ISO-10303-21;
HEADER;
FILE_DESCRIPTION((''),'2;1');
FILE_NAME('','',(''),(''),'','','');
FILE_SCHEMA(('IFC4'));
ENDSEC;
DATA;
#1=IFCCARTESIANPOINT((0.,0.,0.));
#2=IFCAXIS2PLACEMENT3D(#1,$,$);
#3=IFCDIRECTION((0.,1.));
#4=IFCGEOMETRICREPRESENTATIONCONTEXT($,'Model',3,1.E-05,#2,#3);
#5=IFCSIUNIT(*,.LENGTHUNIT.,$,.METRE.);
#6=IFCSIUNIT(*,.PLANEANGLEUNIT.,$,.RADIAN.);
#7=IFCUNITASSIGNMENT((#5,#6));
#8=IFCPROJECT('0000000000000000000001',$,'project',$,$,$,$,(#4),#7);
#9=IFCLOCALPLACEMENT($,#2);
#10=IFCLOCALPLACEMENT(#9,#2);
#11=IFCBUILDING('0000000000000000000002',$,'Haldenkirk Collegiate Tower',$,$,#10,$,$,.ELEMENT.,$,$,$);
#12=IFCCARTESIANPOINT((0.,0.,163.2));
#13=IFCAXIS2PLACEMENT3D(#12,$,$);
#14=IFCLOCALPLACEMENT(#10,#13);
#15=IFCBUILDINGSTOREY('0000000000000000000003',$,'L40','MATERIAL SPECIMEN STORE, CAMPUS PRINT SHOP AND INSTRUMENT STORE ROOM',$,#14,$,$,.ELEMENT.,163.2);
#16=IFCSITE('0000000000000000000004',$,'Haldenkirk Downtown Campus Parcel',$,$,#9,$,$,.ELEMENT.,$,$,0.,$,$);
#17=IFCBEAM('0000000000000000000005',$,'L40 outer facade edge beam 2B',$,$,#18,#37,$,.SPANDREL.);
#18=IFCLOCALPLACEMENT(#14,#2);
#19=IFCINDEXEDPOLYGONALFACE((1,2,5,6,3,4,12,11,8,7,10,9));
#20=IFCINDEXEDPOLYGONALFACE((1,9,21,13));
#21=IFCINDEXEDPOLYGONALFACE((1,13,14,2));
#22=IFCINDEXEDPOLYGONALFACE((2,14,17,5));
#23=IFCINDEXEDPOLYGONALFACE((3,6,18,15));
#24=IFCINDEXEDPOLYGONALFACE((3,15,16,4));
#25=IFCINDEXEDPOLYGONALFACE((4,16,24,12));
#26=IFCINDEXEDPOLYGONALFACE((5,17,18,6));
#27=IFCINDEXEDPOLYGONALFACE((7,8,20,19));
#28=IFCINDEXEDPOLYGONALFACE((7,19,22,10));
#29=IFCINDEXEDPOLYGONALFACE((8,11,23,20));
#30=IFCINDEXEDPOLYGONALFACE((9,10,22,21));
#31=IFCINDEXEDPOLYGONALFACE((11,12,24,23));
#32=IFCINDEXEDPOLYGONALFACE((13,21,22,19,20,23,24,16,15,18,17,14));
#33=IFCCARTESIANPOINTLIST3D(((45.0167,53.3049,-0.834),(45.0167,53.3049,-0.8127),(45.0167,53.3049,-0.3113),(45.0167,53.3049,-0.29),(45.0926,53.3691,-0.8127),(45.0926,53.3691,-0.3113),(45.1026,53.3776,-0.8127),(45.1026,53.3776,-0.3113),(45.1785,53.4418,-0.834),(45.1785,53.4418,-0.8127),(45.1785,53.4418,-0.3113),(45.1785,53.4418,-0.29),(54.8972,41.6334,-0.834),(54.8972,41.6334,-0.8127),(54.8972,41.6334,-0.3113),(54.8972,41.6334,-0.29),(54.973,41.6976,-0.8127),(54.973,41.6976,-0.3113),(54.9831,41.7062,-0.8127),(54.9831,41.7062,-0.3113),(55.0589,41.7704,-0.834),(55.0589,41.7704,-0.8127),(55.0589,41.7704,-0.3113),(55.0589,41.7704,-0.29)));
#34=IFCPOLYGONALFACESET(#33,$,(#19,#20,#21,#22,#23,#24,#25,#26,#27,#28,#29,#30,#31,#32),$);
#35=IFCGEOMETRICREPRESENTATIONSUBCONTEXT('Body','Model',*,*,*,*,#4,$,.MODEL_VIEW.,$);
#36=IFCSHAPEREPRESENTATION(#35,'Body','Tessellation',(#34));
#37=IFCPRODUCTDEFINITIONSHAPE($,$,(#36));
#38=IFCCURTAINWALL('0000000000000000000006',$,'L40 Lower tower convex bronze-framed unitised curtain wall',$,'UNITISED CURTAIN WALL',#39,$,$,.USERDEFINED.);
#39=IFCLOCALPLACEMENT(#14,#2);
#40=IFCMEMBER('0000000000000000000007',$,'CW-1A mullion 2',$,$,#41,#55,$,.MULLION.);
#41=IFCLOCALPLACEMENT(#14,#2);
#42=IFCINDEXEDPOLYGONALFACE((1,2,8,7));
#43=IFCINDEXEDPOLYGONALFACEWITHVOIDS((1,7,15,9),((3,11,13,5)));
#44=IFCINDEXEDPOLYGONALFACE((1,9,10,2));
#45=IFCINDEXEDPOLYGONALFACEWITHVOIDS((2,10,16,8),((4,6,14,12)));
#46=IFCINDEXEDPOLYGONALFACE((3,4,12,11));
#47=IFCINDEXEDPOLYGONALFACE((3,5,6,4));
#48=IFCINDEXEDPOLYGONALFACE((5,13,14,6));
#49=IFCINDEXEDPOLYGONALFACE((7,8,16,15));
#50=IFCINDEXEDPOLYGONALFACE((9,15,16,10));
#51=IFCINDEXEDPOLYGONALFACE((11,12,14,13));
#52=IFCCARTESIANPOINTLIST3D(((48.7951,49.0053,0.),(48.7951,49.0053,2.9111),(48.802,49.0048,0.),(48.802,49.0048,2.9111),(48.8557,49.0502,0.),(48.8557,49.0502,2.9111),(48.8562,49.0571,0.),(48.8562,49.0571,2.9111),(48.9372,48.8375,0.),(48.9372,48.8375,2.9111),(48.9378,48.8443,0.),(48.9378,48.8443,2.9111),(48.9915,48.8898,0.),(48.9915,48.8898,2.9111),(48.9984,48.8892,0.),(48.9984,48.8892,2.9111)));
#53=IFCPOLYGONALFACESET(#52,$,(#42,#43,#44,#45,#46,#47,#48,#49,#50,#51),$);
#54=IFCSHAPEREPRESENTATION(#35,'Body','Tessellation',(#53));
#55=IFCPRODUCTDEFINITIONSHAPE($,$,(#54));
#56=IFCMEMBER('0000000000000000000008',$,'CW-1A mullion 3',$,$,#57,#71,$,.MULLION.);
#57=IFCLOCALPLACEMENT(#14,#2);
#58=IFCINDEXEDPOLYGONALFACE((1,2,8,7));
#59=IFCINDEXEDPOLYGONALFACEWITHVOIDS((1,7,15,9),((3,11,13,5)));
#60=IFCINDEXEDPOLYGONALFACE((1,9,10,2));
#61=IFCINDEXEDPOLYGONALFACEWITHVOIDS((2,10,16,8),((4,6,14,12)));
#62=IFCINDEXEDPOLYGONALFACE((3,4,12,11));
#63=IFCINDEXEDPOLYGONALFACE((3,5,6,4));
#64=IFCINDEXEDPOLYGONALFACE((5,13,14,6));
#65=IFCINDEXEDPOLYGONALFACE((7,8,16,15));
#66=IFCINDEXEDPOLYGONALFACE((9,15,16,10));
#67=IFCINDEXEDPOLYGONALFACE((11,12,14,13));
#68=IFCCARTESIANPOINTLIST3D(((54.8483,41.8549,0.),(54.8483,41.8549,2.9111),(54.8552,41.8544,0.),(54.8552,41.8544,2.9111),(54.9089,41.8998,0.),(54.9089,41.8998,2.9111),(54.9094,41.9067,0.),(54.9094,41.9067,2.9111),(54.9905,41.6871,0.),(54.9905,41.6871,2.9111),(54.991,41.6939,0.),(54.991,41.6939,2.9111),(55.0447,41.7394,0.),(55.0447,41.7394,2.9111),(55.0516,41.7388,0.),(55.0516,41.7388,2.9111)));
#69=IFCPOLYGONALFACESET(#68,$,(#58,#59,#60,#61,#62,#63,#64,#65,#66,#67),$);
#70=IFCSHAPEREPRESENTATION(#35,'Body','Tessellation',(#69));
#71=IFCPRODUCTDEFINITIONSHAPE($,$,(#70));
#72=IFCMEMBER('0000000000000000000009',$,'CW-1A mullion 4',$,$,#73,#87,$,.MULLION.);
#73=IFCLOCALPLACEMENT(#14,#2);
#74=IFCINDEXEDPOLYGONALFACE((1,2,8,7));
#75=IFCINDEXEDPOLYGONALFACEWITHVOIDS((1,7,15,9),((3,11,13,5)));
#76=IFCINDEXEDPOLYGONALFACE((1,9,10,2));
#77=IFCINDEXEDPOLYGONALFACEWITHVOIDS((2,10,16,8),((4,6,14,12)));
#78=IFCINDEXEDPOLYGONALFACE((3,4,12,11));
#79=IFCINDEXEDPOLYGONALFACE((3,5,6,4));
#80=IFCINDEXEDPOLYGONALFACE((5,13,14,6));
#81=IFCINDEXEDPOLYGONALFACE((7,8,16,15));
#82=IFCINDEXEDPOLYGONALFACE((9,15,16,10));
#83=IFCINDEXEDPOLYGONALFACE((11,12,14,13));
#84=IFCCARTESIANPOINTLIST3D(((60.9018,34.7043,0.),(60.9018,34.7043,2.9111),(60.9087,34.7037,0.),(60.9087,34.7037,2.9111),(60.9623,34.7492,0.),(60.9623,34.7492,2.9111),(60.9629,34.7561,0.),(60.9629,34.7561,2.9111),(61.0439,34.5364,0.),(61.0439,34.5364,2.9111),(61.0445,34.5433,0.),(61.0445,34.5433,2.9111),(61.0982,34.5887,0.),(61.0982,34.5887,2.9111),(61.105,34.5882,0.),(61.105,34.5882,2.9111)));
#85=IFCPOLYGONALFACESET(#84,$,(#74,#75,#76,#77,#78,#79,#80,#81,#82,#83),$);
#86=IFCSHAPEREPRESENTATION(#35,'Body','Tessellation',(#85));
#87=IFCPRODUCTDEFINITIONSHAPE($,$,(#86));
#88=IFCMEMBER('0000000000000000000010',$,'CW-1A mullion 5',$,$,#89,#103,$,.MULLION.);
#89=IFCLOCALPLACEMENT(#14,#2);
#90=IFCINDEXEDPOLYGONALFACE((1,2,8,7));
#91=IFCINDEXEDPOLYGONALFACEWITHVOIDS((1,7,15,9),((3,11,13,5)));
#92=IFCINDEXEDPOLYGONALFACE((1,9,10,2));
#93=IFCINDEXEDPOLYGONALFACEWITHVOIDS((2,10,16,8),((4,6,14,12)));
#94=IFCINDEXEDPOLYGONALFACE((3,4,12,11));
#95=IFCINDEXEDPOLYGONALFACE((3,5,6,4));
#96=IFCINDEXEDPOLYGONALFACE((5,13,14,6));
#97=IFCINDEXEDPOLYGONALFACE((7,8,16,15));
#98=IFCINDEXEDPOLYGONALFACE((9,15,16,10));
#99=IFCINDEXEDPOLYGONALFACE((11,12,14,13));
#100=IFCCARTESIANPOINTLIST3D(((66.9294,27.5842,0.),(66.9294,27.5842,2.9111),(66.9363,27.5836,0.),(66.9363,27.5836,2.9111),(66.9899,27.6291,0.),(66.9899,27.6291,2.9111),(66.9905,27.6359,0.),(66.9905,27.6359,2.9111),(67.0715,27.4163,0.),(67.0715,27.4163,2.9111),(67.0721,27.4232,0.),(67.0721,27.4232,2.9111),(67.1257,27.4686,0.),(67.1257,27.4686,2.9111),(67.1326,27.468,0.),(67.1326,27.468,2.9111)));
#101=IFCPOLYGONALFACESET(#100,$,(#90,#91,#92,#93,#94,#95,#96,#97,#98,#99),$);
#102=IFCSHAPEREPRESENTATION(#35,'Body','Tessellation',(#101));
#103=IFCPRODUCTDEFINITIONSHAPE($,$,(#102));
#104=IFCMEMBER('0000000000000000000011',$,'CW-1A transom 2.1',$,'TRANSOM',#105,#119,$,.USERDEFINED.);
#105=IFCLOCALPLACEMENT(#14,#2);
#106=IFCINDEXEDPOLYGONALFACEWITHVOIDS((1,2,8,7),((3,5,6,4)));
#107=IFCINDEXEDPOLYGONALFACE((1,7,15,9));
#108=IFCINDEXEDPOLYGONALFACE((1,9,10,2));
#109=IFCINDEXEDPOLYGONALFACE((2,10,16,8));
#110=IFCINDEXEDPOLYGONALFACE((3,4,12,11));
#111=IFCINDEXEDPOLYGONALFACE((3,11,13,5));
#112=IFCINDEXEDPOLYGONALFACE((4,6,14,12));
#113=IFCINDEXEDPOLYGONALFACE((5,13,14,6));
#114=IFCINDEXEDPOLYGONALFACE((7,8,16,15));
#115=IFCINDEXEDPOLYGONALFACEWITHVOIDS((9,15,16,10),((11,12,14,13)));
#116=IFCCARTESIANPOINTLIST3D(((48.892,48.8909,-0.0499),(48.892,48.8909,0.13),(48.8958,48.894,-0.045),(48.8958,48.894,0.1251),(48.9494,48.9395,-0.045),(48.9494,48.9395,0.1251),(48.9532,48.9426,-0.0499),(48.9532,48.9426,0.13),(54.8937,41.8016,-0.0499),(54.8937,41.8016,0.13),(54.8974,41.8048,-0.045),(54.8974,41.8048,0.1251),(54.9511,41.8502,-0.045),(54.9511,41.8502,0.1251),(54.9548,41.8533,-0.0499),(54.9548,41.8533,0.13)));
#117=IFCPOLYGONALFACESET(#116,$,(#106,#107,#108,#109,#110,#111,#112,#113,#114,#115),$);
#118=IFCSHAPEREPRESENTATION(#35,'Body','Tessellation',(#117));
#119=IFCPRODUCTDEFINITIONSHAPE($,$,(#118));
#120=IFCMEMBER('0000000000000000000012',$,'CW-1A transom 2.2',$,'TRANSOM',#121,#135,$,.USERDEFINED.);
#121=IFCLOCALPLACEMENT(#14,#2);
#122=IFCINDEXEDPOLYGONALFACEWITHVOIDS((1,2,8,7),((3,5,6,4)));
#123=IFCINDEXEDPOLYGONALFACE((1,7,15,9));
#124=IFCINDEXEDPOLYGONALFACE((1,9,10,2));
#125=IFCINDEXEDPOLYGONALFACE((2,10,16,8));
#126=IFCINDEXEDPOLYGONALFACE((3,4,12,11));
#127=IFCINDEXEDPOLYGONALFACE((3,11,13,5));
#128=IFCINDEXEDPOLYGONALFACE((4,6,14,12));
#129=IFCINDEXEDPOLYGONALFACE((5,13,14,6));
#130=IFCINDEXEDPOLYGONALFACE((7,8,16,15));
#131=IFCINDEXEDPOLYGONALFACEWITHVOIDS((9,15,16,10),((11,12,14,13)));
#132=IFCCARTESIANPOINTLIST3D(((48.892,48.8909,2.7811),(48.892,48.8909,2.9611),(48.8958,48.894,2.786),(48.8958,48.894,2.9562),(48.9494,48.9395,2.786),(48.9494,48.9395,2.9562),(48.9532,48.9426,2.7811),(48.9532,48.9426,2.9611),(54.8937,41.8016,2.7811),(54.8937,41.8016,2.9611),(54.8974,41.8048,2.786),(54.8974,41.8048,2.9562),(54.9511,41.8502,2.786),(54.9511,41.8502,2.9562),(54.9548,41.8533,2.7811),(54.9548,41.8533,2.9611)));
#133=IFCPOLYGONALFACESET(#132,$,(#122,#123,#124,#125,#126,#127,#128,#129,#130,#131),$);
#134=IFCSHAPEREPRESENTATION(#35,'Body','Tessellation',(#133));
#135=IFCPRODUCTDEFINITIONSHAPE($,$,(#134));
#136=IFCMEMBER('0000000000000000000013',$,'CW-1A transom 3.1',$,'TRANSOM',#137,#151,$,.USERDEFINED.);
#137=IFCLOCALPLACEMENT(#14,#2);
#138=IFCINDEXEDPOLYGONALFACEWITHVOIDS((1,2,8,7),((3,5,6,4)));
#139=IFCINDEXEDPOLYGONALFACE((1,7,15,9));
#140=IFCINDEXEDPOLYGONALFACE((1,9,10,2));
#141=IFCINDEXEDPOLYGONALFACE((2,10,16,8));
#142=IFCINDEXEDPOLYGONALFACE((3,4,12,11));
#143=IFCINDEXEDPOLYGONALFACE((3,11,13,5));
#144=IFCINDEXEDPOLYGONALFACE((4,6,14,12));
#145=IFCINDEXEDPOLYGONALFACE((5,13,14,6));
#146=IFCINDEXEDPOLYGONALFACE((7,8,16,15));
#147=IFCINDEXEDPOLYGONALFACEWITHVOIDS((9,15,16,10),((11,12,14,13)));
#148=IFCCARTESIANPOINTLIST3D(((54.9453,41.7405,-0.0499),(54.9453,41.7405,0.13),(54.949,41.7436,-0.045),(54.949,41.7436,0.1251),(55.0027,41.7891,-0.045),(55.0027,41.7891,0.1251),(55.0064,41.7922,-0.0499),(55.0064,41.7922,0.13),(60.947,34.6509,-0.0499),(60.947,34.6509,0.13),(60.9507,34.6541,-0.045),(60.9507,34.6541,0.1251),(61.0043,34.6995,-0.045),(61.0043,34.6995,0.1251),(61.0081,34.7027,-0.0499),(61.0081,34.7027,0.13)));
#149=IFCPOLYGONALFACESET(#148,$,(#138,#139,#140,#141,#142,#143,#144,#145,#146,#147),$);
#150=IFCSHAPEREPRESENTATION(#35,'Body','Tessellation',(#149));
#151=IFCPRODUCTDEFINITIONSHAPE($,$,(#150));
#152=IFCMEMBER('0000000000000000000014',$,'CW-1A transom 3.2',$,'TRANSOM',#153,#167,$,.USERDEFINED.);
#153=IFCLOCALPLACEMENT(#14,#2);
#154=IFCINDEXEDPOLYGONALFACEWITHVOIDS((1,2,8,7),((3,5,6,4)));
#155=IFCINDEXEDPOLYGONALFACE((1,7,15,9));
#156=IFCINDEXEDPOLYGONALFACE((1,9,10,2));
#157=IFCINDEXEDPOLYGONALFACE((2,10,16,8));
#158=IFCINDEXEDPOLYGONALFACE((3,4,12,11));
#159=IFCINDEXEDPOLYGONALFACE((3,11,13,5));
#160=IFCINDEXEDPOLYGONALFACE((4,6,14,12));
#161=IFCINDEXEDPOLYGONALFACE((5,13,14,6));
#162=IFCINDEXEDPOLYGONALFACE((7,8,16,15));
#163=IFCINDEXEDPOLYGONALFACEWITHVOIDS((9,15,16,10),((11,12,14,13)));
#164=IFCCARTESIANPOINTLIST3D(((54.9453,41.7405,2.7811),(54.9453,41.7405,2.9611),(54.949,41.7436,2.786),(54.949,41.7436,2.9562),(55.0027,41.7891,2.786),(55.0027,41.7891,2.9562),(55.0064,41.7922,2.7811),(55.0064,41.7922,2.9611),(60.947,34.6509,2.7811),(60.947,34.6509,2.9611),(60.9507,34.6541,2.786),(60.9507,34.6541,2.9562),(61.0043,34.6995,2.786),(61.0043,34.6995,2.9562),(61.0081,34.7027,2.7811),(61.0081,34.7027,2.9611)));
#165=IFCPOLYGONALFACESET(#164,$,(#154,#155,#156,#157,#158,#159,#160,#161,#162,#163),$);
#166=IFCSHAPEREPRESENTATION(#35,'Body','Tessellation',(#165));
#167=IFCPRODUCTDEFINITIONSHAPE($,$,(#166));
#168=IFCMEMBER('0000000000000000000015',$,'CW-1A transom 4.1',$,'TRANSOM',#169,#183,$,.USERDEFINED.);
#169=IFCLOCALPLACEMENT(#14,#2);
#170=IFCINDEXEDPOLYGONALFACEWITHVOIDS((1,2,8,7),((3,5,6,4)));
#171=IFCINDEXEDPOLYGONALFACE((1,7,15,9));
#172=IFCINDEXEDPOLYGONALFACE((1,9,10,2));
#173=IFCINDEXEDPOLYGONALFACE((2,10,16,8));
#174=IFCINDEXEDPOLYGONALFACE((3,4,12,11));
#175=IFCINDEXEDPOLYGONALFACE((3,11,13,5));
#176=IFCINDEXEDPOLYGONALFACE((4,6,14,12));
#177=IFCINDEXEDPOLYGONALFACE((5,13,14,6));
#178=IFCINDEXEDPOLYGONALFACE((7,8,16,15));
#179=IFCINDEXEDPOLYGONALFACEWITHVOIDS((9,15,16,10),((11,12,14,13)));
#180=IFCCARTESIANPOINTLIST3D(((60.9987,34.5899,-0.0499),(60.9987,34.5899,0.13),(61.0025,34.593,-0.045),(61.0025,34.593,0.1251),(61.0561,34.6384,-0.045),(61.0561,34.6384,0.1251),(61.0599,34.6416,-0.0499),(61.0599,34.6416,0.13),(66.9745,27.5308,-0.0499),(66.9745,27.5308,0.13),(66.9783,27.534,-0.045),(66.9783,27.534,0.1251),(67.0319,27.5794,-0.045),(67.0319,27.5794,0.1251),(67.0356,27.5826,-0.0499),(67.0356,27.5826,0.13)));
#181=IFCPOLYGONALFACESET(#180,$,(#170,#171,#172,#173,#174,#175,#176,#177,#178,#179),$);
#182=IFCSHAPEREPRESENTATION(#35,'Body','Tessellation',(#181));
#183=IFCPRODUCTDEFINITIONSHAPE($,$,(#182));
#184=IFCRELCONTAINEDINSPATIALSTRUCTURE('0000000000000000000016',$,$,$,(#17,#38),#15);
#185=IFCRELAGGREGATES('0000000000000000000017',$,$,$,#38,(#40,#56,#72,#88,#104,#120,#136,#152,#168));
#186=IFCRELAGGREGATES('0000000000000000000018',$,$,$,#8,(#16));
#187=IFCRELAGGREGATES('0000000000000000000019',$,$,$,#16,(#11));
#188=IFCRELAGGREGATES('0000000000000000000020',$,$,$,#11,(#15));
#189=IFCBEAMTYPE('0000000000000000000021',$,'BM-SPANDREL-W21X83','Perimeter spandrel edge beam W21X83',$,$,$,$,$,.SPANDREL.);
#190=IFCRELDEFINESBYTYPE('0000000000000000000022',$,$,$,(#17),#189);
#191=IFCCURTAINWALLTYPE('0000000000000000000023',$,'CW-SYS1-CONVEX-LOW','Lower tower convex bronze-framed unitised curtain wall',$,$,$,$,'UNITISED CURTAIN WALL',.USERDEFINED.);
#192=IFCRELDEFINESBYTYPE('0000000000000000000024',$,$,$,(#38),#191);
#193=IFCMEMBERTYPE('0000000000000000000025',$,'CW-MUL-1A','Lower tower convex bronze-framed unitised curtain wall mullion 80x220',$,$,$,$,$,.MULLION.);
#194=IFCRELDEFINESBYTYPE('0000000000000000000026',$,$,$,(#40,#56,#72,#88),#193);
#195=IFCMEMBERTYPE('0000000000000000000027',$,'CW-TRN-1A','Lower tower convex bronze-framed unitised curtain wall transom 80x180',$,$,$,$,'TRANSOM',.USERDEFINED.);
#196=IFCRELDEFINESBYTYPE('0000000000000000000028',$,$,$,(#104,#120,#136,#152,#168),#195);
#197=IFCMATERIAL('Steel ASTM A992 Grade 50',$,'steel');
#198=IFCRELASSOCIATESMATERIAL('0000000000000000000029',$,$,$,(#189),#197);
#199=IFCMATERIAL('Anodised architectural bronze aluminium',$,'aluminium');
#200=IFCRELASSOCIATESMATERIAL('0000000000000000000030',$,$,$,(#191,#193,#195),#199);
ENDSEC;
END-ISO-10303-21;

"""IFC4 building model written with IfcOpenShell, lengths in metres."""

from ifc_helpers import new_model, si_unit, direction, frame, origin, origin_2d, place, context, subcontext, project, spatial, hollow_rectangle, i_section, extrude, material, material_profile, profile_set, type_object, element, aggregate, save


model = new_model("IFC4")

# Units and contexts
model_context = context("Model", 3, precision=1e-05, world=origin(), true_north=direction((0.0, 1.0)))
body_context = subcontext(model_context, "Body", "Model", "MODEL_VIEW")
ifc_project = project(units=[si_unit("LENGTHUNIT", "METRE"), si_unit("PLANEANGLEUNIT", "RADIAN")], contexts=[model_context])

# Site, building, storey
site_placement = place(None, origin())
site = spatial("IfcSite", under=ifc_project, at=site_placement, Name="Haldenkirk Downtown Campus Parcel", CompositionType="ELEMENT", RefElevation=0.0)
building_placement = place(site_placement, origin())
building = spatial("IfcBuilding", under=site, at=building_placement, Name="Haldenkirk Collegiate Tower", CompositionType="ELEMENT")
storey_placement = place(building_placement, frame((0.0, 0.0, 163.2)))
storey = spatial("IfcBuildingStorey", under=building, at=storey_placement, Name="L40", Description="MATERIAL SPECIMEN STORE, CAMPUS PRINT SHOP AND INSTRUMENT STORE ROOM", CompositionType="ELEMENT", Elevation=163.2)

# Beam
ifc_material_1 = material(Name="Steel ASTM A992 Grade 50", Category="steel")
ifc_material_profile_1 = material_profile(ifc_material_1, i_section(OverallWidth=0.2119, OverallDepth=0.5439, WebThickness=0.0132, FlangeThickness=0.0212, at=origin_2d()), Name="W21X83")
ifc_profile_set_1 = profile_set([ifc_material_profile_1], Name="Steel ASTM A992 Grade 50")
beam_type_1 = type_object("IfcBeamType", Name="BM-SPANDREL-W21X83", Description="Perimeter spandrel edge beam W21X83", PredefinedType="SPANDREL", material=ifc_profile_set_1)
beam_1_placement = place(storey_placement, frame((54.978, 41.7019, -0.562), z_axis=(-0.646117, 0.763239, 0.0), x_axis=(-0.763239, -0.646117, 0.0)))
element("IfcBeam", 1, at=beam_1_placement, inside=storey, type_object=beam_type_1, Name="L40 outer facade edge beam 2B", PredefinedType="SPANDREL", context=body_context, shape_type="SweptSolid", body=[
    extrude(i_section(OverallWidth=0.2119, OverallDepth=0.5439, WebThickness=0.0132, FlangeThickness=0.0212, at=origin_2d()), origin(), (0.0, 0.0, 1.0), 15.292),
])

# Curtain wall, members
ifc_material_2 = material(Name="Anodised architectural bronze aluminium", Category="aluminium")
curtain_wall_type = type_object("IfcCurtainWallType", Name="CW-SYS1-CONVEX-LOW", Description="Lower tower convex bronze-framed unitised curtain wall", ElementType="UNITISED CURTAIN WALL", PredefinedType="USERDEFINED", material=ifc_material_2)
curtain_wall_placement = place(storey_placement, origin())
curtain_wall = element("IfcCurtainWall", 2, at=curtain_wall_placement, inside=storey, type_object=curtain_wall_type, Name="L40 Lower tower convex bronze-framed unitised curtain wall", ObjectType="UNITISED CURTAIN WALL", PredefinedType="USERDEFINED")
ifc_material_profile_2 = material_profile(ifc_material_2, hollow_rectangle(XDim=0.0801, YDim=0.22, WallThickness=0.0049, at=origin_2d()), Name="CW-MUL-1A")
ifc_profile_set_2 = profile_set([ifc_material_profile_2], Name="Anodised architectural bronze aluminium")
member_type_1 = type_object("IfcMemberType", Name="CW-MUL-1A", Description="Lower tower convex bronze-framed unitised curtain wall mullion 80x220", PredefinedType="MULLION", material=ifc_profile_set_2)
member_1_placement = place(storey_placement, frame((48.8967, 48.9473, 0.0), z_axis=(0.0, 0.0, 1.0), x_axis=(0.763233, 0.646123, 0.0)))
member_1 = element("IfcMember", 3, at=member_1_placement, type_object=member_type_1, Name="CW-1A mullion 2", PredefinedType="MULLION", context=body_context, shape_type="SweptSolid", body=[
    extrude(hollow_rectangle(XDim=0.0801, YDim=0.22, WallThickness=0.0049, at=origin_2d()), origin(), (0.0, 0.0, 1.0), 2.9111),
])
member_2_placement = place(storey_placement, frame((54.95, 41.7969, 0.0), z_axis=(0.0, 0.0, 1.0), x_axis=(0.763233, 0.646123, 0.0)))
member_2 = element("IfcMember", 4, at=member_2_placement, type_object=member_type_1, Name="CW-1A mullion 3", PredefinedType="MULLION", context=body_context, shape_type="SweptSolid", body=[
    extrude(hollow_rectangle(XDim=0.0801, YDim=0.22, WallThickness=0.0049, at=origin_2d()), origin(), (0.0, 0.0, 1.0), 2.9111),
])
member_3_placement = place(storey_placement, frame((61.0034, 34.6462, 0.0), z_axis=(0.0, 0.0, 1.0), x_axis=(0.763233, 0.646123, 0.0)))
member_3 = element("IfcMember", 5, at=member_3_placement, type_object=member_type_1, Name="CW-1A mullion 4", PredefinedType="MULLION", context=body_context, shape_type="SweptSolid", body=[
    extrude(hollow_rectangle(XDim=0.0801, YDim=0.22, WallThickness=0.0049, at=origin_2d()), origin(), (0.0, 0.0, 1.0), 2.9111),
])
member_4_placement = place(storey_placement, frame((67.031, 27.5261, 0.0), z_axis=(0.0, 0.0, 1.0), x_axis=(0.763233, 0.646123, 0.0)))
member_4 = element("IfcMember", 6, at=member_4_placement, type_object=member_type_1, Name="CW-1A mullion 5", PredefinedType="MULLION", context=body_context, shape_type="SweptSolid", body=[
    extrude(hollow_rectangle(XDim=0.0801, YDim=0.22, WallThickness=0.0049, at=origin_2d()), origin(), (0.0, 0.0, 1.0), 2.9111),
])
ifc_material_profile_3 = material_profile(ifc_material_2, hollow_rectangle(XDim=0.0801, YDim=0.1799, WallThickness=0.0049, at=origin_2d()), Name="CW-TRN-1A")
ifc_profile_set_3 = profile_set([ifc_material_profile_3], Name="Anodised architectural bronze aluminium")
member_type_2 = type_object("IfcMemberType", Name="CW-TRN-1A", Description="Lower tower convex bronze-framed unitised curtain wall transom 80x180", ElementType="TRANSOM", PredefinedType="USERDEFINED", material=ifc_profile_set_3)
member_5_placement = place(storey_placement, frame((48.9226, 48.9167, 0.04), z_axis=(0.646132, -0.763226, 0.0), x_axis=(0.763226, 0.646132, 0.0)))
member_5 = element("IfcMember", 7, at=member_5_placement, type_object=member_type_2, Name="CW-1A transom 2.1", ObjectType="TRANSOM", PredefinedType="USERDEFINED", context=body_context, shape_type="SweptSolid", body=[
    extrude(hollow_rectangle(XDim=0.0801, YDim=0.1799, WallThickness=0.0049, at=origin_2d()), origin(), (0.0, 0.0, 1.0), 9.2886),
])
member_6_placement = place(storey_placement, frame((48.9226, 48.9167, 2.8711), z_axis=(0.646132, -0.763226, 0.0), x_axis=(0.763226, 0.646132, 0.0)))
member_6 = element("IfcMember", 8, at=member_6_placement, type_object=member_type_2, Name="CW-1A transom 2.2", ObjectType="TRANSOM", PredefinedType="USERDEFINED", context=body_context, shape_type="SweptSolid", body=[
    extrude(hollow_rectangle(XDim=0.0801, YDim=0.1799, WallThickness=0.0049, at=origin_2d()), origin(), (0.0, 0.0, 1.0), 9.2886),
])
member_7_placement = place(storey_placement, frame((54.9758, 41.7664, 0.04), z_axis=(0.646119, -0.763237, 0.0), x_axis=(0.763237, 0.646119, 0.0)))
member_7 = element("IfcMember", 9, at=member_7_placement, type_object=member_type_2, Name="CW-1A transom 3.1", ObjectType="TRANSOM", PredefinedType="USERDEFINED", context=body_context, shape_type="SweptSolid", body=[
    extrude(hollow_rectangle(XDim=0.0801, YDim=0.1799, WallThickness=0.0049, at=origin_2d()), origin(), (0.0, 0.0, 1.0), 9.2888),
])
member_8_placement = place(storey_placement, frame((54.9758, 41.7664, 2.8711), z_axis=(0.646119, -0.763237, 0.0), x_axis=(0.763237, 0.646119, 0.0)))
member_8 = element("IfcMember", 10, at=member_8_placement, type_object=member_type_2, Name="CW-1A transom 3.2", ObjectType="TRANSOM", PredefinedType="USERDEFINED", context=body_context, shape_type="SweptSolid", body=[
    extrude(hollow_rectangle(XDim=0.0801, YDim=0.1799, WallThickness=0.0049, at=origin_2d()), origin(), (0.0, 0.0, 1.0), 9.2888),
])
member_9_placement = place(storey_placement, frame((61.0293, 34.6157, 0.04), z_axis=(0.646116, -0.763239, 0.0), x_axis=(0.763239, 0.646116, 0.0)))
member_9 = element("IfcMember", 11, at=member_9_placement, type_object=member_type_2, Name="CW-1A transom 4.1", ObjectType="TRANSOM", PredefinedType="USERDEFINED", context=body_context, shape_type="SweptSolid", body=[
    extrude(hollow_rectangle(XDim=0.0801, YDim=0.1799, WallThickness=0.0049, at=origin_2d()), origin(), (0.0, 0.0, 1.0), 9.2488),
])
aggregate(curtain_wall, [member_1, member_2, member_3, member_4, member_5, member_6, member_7, member_8, member_9])

save(model, "model.ifc")
